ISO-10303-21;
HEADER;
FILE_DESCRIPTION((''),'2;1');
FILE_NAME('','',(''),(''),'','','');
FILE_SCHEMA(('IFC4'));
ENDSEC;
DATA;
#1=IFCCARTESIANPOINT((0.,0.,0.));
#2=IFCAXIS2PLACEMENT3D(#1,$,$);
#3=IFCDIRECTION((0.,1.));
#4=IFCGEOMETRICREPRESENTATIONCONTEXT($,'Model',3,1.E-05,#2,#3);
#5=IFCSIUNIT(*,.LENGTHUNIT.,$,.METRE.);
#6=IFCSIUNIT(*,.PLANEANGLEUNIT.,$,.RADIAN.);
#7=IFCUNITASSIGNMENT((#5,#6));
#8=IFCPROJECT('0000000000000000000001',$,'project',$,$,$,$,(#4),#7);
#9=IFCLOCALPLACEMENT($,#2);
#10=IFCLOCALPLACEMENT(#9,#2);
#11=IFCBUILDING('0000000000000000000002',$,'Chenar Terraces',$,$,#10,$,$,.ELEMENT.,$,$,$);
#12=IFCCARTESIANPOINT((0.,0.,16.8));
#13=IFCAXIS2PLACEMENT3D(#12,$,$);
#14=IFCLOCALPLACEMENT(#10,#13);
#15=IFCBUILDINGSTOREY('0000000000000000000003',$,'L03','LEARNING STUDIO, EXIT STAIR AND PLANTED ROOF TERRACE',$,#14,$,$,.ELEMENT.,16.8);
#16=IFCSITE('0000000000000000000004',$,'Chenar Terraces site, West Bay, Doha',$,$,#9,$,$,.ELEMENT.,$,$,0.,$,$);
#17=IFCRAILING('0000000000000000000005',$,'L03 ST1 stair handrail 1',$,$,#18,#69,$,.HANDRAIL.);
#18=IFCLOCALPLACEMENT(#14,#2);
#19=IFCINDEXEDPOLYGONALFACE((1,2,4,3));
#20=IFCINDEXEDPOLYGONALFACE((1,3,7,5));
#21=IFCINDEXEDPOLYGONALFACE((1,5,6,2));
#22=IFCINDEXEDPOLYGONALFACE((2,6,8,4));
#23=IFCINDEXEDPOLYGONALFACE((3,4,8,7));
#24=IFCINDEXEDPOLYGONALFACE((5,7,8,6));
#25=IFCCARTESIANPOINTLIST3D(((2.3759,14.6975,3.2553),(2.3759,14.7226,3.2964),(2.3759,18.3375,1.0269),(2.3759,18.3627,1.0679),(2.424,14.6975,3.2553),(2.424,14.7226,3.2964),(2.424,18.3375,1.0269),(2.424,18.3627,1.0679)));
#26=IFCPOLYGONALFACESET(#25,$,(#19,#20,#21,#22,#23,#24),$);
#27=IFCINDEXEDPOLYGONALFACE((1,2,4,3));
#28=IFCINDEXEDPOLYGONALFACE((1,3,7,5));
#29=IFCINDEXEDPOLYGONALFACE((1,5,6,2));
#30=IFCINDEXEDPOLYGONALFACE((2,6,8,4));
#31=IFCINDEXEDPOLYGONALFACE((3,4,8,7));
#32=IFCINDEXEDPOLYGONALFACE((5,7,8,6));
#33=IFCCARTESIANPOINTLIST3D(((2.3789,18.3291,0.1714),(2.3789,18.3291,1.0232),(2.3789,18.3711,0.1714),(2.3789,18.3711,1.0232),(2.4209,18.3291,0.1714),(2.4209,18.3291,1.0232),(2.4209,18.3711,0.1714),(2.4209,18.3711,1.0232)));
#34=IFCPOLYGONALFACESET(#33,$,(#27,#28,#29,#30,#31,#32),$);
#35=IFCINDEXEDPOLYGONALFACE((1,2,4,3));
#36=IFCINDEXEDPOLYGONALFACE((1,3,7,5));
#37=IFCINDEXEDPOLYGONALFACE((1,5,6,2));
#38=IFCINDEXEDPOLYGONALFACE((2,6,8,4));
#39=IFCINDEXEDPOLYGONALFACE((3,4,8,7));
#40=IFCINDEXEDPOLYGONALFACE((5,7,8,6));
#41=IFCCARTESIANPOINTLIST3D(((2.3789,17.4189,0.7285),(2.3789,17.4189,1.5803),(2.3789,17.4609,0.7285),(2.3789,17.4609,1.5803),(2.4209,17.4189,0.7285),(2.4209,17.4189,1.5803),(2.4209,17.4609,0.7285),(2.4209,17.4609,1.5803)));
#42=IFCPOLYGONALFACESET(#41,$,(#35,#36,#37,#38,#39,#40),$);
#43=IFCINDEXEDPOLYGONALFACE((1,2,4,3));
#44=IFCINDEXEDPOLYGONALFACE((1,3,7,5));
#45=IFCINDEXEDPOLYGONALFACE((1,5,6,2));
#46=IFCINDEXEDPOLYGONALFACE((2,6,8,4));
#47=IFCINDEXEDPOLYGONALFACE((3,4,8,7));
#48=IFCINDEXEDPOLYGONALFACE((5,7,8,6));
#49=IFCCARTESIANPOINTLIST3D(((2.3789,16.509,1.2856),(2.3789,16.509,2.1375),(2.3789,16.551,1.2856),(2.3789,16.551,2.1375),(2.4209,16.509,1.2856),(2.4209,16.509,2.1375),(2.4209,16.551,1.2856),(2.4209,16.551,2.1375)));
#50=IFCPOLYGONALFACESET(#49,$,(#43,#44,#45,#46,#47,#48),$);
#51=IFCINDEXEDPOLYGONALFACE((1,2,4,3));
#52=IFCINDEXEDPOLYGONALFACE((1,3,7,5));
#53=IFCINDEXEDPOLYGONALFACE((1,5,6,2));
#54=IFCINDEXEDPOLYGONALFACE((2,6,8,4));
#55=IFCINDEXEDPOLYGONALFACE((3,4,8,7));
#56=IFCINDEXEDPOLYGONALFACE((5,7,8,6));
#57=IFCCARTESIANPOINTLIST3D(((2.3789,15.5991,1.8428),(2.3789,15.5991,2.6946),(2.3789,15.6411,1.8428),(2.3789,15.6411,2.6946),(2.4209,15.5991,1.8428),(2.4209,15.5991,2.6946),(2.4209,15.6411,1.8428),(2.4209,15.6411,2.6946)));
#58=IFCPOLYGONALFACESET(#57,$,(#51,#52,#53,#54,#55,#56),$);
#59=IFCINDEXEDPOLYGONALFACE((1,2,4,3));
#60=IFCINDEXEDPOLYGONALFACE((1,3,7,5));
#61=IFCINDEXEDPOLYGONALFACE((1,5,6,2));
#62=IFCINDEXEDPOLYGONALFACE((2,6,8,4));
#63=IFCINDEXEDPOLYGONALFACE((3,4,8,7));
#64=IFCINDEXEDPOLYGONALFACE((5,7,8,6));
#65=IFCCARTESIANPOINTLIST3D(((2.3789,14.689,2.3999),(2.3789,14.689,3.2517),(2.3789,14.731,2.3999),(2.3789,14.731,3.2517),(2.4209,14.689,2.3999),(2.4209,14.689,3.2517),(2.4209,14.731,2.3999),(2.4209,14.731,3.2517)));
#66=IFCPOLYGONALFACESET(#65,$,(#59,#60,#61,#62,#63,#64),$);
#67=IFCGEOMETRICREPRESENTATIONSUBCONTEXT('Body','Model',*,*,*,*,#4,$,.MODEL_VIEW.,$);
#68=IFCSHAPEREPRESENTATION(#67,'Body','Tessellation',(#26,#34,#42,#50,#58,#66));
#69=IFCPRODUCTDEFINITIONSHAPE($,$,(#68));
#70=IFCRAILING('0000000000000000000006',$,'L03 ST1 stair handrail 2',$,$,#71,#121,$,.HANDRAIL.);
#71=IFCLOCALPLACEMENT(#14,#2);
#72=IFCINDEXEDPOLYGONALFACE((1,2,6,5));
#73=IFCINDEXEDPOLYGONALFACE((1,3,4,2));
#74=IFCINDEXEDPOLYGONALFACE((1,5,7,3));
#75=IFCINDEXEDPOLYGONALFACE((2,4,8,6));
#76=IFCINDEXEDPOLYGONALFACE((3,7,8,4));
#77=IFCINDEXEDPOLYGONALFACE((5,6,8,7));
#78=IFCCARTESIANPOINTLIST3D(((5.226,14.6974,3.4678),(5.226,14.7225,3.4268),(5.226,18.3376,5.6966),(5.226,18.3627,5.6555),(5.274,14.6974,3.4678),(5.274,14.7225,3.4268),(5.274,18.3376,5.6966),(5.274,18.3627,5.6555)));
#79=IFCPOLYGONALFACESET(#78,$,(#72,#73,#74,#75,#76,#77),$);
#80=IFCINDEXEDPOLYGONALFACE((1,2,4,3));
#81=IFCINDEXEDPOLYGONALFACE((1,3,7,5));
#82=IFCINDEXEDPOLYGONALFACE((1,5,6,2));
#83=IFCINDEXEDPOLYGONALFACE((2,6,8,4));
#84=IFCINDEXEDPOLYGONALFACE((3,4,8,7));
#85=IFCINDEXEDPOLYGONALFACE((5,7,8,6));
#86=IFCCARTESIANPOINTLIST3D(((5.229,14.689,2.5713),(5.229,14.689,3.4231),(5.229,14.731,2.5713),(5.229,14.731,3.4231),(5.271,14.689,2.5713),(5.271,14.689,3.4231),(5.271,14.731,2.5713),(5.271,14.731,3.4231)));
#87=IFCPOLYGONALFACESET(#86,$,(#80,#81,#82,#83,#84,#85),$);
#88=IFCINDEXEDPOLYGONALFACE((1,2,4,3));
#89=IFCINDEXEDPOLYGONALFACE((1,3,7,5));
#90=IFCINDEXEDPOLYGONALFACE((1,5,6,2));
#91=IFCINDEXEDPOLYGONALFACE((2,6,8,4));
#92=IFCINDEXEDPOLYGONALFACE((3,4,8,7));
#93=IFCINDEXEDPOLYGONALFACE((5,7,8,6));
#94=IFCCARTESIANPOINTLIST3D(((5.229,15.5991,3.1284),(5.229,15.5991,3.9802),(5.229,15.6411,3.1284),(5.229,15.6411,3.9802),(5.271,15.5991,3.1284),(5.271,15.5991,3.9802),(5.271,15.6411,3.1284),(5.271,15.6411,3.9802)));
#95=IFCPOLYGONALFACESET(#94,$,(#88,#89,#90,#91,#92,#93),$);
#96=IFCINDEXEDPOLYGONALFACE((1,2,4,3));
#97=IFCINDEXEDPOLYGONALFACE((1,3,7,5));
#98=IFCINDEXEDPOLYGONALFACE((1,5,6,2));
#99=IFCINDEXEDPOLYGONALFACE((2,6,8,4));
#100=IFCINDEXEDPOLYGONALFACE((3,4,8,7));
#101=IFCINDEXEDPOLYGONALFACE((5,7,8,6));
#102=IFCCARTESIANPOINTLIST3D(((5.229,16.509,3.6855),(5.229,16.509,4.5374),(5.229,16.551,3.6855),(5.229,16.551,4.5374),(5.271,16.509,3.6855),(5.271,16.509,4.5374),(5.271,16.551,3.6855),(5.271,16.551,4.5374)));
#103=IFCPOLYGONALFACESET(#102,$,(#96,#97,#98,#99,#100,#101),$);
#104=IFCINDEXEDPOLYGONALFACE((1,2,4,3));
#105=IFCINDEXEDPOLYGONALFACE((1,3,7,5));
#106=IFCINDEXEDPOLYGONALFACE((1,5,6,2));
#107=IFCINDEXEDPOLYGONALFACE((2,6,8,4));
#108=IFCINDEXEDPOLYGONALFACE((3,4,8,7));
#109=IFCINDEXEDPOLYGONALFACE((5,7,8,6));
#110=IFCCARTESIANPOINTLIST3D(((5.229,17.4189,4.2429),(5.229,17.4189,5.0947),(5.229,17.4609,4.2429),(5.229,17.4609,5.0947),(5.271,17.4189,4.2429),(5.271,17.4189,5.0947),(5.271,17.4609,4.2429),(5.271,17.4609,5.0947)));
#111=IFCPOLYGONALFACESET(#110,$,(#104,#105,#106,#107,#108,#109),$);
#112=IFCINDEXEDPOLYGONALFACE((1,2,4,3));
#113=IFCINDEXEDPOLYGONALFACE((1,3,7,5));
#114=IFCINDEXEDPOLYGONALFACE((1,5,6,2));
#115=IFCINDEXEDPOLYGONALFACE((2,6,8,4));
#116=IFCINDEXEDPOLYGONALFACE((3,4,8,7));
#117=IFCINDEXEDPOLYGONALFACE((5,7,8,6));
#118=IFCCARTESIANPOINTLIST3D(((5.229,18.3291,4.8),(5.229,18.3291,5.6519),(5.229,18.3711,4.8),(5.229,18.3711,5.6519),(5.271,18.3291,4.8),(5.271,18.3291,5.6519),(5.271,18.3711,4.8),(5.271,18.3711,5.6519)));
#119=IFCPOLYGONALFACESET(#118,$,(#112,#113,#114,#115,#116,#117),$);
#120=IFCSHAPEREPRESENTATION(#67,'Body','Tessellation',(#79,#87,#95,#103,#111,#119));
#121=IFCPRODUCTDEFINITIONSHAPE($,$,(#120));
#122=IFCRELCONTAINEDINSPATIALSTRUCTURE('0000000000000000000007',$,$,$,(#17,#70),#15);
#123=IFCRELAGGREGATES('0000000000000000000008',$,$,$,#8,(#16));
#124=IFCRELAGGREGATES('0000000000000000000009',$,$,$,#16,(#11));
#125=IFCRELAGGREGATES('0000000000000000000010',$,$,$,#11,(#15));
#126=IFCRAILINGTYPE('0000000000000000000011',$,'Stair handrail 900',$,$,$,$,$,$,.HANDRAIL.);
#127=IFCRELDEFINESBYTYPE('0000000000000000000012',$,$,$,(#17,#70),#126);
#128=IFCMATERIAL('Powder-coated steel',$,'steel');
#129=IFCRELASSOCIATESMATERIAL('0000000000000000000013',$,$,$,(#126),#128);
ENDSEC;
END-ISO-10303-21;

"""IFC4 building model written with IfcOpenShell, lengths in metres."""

from ifc_helpers import new_model, si_unit, direction, frame, origin, origin_2d, place, context, subcontext, project, spatial, rectangle, extrude, material, type_object, element, save


model = new_model("IFC4")

# Units and contexts
model_context = context("Model", 3, precision=1e-05, world=origin(), true_north=direction((0.0, 1.0)))
body_context = subcontext(model_context, "Body", "Model", "MODEL_VIEW")
ifc_project = project(units=[si_unit("LENGTHUNIT", "METRE"), si_unit("PLANEANGLEUNIT", "RADIAN")], contexts=[model_context])

# Site, building, storey
site_placement = place(None, origin())
site = spatial("IfcSite", under=ifc_project, at=site_placement, Name="Chenar Terraces site, West Bay, Doha", CompositionType="ELEMENT", RefElevation=0.0)
building_placement = place(site_placement, origin())
building = spatial("IfcBuilding", under=site, at=building_placement, Name="Chenar Terraces", CompositionType="ELEMENT")
storey_placement = place(building_placement, frame((0.0, 0.0, 16.8)))
storey = spatial("IfcBuildingStorey", under=building, at=storey_placement, Name="L03", Description="LEARNING STUDIO, EXIT STAIR AND PLANTED ROOF TERRACE", CompositionType="ELEMENT", Elevation=16.8)

# Railings
ifc_material_1 = material(Name="Powder-coated steel", Category="steel")
railing_type_1 = type_object("IfcRailingType", Name="Stair handrail 900", PredefinedType="HANDRAIL", material=ifc_material_1)
railing_1_placement = place(storey_placement, frame((2.3999, 18.3501, 0.1714)))
element("IfcRailing", 1, at=railing_1_placement, inside=storey, type_object=railing_type_1, Name="L03 ST1 stair handrail 1", PredefinedType="HANDRAIL", context=body_context, shape_type="SweptSolid", body=[
    extrude(rectangle(XDim=0.0481, YDim=0.0481, at=origin_2d()), frame((0.0, 0.0, 0.876), z_axis=(0.0, -0.852866, 0.52213), x_axis=(1.0, 0.0, 0.0)), (0.0, 0.0, 1.0), 4.2681),
    extrude(rectangle(XDim=0.042, YDim=0.042, at=origin_2d()), origin(), (0.0, 0.0, 1.0), 0.8518),
    extrude(rectangle(XDim=0.042, YDim=0.042, at=origin_2d()), frame((0.0, -0.9102, 0.5571)), (0.0, 0.0, 1.0), 0.8518),
    extrude(rectangle(XDim=0.042, YDim=0.042, at=origin_2d()), frame((0.0, -1.8201, 1.1143)), (0.0, 0.0, 1.0), 0.8518),
    extrude(rectangle(XDim=0.042, YDim=0.042, at=origin_2d()), frame((0.0, -2.73, 1.6714)), (0.0, 0.0, 1.0), 0.8518),
    extrude(rectangle(XDim=0.042, YDim=0.042, at=origin_2d()), frame((0.0, -3.6401, 2.2285)), (0.0, 0.0, 1.0), 0.8518),
])
railing_2_placement = place(storey_placement, frame((5.25, 14.71, 2.5713)))
element("IfcRailing", 2, at=railing_2_placement, inside=storey, type_object=railing_type_1, Name="L03 ST1 stair handrail 2", PredefinedType="HANDRAIL", context=body_context, shape_type="SweptSolid", body=[
    extrude(rectangle(XDim=0.0481, YDim=0.0481, at=origin_2d()), frame((0.0, 0.0, 0.876), z_axis=(0.0, 0.85284, 0.522172), x_axis=(-1.0, 0.0, 0.0)), (0.0, 0.0, 1.0), 4.2683),
    extrude(rectangle(XDim=0.042, YDim=0.042, at=origin_2d()), origin(), (0.0, 0.0, 1.0), 0.8518),
    extrude(rectangle(XDim=0.042, YDim=0.042, at=origin_2d()), frame((0.0, 0.9102, 0.5571)), (0.0, 0.0, 1.0), 0.8518),
    extrude(rectangle(XDim=0.042, YDim=0.042, at=origin_2d()), frame((0.0, 1.8201, 1.1143)), (0.0, 0.0, 1.0), 0.8518),
    extrude(rectangle(XDim=0.042, YDim=0.042, at=origin_2d()), frame((0.0, 2.73, 1.6716)), (0.0, 0.0, 1.0), 0.8518),
    extrude(rectangle(XDim=0.042, YDim=0.042, at=origin_2d()), frame((0.0, 3.6401, 2.2288)), (0.0, 0.0, 1.0), 0.8518),
])

save(model, "model.ifc")
